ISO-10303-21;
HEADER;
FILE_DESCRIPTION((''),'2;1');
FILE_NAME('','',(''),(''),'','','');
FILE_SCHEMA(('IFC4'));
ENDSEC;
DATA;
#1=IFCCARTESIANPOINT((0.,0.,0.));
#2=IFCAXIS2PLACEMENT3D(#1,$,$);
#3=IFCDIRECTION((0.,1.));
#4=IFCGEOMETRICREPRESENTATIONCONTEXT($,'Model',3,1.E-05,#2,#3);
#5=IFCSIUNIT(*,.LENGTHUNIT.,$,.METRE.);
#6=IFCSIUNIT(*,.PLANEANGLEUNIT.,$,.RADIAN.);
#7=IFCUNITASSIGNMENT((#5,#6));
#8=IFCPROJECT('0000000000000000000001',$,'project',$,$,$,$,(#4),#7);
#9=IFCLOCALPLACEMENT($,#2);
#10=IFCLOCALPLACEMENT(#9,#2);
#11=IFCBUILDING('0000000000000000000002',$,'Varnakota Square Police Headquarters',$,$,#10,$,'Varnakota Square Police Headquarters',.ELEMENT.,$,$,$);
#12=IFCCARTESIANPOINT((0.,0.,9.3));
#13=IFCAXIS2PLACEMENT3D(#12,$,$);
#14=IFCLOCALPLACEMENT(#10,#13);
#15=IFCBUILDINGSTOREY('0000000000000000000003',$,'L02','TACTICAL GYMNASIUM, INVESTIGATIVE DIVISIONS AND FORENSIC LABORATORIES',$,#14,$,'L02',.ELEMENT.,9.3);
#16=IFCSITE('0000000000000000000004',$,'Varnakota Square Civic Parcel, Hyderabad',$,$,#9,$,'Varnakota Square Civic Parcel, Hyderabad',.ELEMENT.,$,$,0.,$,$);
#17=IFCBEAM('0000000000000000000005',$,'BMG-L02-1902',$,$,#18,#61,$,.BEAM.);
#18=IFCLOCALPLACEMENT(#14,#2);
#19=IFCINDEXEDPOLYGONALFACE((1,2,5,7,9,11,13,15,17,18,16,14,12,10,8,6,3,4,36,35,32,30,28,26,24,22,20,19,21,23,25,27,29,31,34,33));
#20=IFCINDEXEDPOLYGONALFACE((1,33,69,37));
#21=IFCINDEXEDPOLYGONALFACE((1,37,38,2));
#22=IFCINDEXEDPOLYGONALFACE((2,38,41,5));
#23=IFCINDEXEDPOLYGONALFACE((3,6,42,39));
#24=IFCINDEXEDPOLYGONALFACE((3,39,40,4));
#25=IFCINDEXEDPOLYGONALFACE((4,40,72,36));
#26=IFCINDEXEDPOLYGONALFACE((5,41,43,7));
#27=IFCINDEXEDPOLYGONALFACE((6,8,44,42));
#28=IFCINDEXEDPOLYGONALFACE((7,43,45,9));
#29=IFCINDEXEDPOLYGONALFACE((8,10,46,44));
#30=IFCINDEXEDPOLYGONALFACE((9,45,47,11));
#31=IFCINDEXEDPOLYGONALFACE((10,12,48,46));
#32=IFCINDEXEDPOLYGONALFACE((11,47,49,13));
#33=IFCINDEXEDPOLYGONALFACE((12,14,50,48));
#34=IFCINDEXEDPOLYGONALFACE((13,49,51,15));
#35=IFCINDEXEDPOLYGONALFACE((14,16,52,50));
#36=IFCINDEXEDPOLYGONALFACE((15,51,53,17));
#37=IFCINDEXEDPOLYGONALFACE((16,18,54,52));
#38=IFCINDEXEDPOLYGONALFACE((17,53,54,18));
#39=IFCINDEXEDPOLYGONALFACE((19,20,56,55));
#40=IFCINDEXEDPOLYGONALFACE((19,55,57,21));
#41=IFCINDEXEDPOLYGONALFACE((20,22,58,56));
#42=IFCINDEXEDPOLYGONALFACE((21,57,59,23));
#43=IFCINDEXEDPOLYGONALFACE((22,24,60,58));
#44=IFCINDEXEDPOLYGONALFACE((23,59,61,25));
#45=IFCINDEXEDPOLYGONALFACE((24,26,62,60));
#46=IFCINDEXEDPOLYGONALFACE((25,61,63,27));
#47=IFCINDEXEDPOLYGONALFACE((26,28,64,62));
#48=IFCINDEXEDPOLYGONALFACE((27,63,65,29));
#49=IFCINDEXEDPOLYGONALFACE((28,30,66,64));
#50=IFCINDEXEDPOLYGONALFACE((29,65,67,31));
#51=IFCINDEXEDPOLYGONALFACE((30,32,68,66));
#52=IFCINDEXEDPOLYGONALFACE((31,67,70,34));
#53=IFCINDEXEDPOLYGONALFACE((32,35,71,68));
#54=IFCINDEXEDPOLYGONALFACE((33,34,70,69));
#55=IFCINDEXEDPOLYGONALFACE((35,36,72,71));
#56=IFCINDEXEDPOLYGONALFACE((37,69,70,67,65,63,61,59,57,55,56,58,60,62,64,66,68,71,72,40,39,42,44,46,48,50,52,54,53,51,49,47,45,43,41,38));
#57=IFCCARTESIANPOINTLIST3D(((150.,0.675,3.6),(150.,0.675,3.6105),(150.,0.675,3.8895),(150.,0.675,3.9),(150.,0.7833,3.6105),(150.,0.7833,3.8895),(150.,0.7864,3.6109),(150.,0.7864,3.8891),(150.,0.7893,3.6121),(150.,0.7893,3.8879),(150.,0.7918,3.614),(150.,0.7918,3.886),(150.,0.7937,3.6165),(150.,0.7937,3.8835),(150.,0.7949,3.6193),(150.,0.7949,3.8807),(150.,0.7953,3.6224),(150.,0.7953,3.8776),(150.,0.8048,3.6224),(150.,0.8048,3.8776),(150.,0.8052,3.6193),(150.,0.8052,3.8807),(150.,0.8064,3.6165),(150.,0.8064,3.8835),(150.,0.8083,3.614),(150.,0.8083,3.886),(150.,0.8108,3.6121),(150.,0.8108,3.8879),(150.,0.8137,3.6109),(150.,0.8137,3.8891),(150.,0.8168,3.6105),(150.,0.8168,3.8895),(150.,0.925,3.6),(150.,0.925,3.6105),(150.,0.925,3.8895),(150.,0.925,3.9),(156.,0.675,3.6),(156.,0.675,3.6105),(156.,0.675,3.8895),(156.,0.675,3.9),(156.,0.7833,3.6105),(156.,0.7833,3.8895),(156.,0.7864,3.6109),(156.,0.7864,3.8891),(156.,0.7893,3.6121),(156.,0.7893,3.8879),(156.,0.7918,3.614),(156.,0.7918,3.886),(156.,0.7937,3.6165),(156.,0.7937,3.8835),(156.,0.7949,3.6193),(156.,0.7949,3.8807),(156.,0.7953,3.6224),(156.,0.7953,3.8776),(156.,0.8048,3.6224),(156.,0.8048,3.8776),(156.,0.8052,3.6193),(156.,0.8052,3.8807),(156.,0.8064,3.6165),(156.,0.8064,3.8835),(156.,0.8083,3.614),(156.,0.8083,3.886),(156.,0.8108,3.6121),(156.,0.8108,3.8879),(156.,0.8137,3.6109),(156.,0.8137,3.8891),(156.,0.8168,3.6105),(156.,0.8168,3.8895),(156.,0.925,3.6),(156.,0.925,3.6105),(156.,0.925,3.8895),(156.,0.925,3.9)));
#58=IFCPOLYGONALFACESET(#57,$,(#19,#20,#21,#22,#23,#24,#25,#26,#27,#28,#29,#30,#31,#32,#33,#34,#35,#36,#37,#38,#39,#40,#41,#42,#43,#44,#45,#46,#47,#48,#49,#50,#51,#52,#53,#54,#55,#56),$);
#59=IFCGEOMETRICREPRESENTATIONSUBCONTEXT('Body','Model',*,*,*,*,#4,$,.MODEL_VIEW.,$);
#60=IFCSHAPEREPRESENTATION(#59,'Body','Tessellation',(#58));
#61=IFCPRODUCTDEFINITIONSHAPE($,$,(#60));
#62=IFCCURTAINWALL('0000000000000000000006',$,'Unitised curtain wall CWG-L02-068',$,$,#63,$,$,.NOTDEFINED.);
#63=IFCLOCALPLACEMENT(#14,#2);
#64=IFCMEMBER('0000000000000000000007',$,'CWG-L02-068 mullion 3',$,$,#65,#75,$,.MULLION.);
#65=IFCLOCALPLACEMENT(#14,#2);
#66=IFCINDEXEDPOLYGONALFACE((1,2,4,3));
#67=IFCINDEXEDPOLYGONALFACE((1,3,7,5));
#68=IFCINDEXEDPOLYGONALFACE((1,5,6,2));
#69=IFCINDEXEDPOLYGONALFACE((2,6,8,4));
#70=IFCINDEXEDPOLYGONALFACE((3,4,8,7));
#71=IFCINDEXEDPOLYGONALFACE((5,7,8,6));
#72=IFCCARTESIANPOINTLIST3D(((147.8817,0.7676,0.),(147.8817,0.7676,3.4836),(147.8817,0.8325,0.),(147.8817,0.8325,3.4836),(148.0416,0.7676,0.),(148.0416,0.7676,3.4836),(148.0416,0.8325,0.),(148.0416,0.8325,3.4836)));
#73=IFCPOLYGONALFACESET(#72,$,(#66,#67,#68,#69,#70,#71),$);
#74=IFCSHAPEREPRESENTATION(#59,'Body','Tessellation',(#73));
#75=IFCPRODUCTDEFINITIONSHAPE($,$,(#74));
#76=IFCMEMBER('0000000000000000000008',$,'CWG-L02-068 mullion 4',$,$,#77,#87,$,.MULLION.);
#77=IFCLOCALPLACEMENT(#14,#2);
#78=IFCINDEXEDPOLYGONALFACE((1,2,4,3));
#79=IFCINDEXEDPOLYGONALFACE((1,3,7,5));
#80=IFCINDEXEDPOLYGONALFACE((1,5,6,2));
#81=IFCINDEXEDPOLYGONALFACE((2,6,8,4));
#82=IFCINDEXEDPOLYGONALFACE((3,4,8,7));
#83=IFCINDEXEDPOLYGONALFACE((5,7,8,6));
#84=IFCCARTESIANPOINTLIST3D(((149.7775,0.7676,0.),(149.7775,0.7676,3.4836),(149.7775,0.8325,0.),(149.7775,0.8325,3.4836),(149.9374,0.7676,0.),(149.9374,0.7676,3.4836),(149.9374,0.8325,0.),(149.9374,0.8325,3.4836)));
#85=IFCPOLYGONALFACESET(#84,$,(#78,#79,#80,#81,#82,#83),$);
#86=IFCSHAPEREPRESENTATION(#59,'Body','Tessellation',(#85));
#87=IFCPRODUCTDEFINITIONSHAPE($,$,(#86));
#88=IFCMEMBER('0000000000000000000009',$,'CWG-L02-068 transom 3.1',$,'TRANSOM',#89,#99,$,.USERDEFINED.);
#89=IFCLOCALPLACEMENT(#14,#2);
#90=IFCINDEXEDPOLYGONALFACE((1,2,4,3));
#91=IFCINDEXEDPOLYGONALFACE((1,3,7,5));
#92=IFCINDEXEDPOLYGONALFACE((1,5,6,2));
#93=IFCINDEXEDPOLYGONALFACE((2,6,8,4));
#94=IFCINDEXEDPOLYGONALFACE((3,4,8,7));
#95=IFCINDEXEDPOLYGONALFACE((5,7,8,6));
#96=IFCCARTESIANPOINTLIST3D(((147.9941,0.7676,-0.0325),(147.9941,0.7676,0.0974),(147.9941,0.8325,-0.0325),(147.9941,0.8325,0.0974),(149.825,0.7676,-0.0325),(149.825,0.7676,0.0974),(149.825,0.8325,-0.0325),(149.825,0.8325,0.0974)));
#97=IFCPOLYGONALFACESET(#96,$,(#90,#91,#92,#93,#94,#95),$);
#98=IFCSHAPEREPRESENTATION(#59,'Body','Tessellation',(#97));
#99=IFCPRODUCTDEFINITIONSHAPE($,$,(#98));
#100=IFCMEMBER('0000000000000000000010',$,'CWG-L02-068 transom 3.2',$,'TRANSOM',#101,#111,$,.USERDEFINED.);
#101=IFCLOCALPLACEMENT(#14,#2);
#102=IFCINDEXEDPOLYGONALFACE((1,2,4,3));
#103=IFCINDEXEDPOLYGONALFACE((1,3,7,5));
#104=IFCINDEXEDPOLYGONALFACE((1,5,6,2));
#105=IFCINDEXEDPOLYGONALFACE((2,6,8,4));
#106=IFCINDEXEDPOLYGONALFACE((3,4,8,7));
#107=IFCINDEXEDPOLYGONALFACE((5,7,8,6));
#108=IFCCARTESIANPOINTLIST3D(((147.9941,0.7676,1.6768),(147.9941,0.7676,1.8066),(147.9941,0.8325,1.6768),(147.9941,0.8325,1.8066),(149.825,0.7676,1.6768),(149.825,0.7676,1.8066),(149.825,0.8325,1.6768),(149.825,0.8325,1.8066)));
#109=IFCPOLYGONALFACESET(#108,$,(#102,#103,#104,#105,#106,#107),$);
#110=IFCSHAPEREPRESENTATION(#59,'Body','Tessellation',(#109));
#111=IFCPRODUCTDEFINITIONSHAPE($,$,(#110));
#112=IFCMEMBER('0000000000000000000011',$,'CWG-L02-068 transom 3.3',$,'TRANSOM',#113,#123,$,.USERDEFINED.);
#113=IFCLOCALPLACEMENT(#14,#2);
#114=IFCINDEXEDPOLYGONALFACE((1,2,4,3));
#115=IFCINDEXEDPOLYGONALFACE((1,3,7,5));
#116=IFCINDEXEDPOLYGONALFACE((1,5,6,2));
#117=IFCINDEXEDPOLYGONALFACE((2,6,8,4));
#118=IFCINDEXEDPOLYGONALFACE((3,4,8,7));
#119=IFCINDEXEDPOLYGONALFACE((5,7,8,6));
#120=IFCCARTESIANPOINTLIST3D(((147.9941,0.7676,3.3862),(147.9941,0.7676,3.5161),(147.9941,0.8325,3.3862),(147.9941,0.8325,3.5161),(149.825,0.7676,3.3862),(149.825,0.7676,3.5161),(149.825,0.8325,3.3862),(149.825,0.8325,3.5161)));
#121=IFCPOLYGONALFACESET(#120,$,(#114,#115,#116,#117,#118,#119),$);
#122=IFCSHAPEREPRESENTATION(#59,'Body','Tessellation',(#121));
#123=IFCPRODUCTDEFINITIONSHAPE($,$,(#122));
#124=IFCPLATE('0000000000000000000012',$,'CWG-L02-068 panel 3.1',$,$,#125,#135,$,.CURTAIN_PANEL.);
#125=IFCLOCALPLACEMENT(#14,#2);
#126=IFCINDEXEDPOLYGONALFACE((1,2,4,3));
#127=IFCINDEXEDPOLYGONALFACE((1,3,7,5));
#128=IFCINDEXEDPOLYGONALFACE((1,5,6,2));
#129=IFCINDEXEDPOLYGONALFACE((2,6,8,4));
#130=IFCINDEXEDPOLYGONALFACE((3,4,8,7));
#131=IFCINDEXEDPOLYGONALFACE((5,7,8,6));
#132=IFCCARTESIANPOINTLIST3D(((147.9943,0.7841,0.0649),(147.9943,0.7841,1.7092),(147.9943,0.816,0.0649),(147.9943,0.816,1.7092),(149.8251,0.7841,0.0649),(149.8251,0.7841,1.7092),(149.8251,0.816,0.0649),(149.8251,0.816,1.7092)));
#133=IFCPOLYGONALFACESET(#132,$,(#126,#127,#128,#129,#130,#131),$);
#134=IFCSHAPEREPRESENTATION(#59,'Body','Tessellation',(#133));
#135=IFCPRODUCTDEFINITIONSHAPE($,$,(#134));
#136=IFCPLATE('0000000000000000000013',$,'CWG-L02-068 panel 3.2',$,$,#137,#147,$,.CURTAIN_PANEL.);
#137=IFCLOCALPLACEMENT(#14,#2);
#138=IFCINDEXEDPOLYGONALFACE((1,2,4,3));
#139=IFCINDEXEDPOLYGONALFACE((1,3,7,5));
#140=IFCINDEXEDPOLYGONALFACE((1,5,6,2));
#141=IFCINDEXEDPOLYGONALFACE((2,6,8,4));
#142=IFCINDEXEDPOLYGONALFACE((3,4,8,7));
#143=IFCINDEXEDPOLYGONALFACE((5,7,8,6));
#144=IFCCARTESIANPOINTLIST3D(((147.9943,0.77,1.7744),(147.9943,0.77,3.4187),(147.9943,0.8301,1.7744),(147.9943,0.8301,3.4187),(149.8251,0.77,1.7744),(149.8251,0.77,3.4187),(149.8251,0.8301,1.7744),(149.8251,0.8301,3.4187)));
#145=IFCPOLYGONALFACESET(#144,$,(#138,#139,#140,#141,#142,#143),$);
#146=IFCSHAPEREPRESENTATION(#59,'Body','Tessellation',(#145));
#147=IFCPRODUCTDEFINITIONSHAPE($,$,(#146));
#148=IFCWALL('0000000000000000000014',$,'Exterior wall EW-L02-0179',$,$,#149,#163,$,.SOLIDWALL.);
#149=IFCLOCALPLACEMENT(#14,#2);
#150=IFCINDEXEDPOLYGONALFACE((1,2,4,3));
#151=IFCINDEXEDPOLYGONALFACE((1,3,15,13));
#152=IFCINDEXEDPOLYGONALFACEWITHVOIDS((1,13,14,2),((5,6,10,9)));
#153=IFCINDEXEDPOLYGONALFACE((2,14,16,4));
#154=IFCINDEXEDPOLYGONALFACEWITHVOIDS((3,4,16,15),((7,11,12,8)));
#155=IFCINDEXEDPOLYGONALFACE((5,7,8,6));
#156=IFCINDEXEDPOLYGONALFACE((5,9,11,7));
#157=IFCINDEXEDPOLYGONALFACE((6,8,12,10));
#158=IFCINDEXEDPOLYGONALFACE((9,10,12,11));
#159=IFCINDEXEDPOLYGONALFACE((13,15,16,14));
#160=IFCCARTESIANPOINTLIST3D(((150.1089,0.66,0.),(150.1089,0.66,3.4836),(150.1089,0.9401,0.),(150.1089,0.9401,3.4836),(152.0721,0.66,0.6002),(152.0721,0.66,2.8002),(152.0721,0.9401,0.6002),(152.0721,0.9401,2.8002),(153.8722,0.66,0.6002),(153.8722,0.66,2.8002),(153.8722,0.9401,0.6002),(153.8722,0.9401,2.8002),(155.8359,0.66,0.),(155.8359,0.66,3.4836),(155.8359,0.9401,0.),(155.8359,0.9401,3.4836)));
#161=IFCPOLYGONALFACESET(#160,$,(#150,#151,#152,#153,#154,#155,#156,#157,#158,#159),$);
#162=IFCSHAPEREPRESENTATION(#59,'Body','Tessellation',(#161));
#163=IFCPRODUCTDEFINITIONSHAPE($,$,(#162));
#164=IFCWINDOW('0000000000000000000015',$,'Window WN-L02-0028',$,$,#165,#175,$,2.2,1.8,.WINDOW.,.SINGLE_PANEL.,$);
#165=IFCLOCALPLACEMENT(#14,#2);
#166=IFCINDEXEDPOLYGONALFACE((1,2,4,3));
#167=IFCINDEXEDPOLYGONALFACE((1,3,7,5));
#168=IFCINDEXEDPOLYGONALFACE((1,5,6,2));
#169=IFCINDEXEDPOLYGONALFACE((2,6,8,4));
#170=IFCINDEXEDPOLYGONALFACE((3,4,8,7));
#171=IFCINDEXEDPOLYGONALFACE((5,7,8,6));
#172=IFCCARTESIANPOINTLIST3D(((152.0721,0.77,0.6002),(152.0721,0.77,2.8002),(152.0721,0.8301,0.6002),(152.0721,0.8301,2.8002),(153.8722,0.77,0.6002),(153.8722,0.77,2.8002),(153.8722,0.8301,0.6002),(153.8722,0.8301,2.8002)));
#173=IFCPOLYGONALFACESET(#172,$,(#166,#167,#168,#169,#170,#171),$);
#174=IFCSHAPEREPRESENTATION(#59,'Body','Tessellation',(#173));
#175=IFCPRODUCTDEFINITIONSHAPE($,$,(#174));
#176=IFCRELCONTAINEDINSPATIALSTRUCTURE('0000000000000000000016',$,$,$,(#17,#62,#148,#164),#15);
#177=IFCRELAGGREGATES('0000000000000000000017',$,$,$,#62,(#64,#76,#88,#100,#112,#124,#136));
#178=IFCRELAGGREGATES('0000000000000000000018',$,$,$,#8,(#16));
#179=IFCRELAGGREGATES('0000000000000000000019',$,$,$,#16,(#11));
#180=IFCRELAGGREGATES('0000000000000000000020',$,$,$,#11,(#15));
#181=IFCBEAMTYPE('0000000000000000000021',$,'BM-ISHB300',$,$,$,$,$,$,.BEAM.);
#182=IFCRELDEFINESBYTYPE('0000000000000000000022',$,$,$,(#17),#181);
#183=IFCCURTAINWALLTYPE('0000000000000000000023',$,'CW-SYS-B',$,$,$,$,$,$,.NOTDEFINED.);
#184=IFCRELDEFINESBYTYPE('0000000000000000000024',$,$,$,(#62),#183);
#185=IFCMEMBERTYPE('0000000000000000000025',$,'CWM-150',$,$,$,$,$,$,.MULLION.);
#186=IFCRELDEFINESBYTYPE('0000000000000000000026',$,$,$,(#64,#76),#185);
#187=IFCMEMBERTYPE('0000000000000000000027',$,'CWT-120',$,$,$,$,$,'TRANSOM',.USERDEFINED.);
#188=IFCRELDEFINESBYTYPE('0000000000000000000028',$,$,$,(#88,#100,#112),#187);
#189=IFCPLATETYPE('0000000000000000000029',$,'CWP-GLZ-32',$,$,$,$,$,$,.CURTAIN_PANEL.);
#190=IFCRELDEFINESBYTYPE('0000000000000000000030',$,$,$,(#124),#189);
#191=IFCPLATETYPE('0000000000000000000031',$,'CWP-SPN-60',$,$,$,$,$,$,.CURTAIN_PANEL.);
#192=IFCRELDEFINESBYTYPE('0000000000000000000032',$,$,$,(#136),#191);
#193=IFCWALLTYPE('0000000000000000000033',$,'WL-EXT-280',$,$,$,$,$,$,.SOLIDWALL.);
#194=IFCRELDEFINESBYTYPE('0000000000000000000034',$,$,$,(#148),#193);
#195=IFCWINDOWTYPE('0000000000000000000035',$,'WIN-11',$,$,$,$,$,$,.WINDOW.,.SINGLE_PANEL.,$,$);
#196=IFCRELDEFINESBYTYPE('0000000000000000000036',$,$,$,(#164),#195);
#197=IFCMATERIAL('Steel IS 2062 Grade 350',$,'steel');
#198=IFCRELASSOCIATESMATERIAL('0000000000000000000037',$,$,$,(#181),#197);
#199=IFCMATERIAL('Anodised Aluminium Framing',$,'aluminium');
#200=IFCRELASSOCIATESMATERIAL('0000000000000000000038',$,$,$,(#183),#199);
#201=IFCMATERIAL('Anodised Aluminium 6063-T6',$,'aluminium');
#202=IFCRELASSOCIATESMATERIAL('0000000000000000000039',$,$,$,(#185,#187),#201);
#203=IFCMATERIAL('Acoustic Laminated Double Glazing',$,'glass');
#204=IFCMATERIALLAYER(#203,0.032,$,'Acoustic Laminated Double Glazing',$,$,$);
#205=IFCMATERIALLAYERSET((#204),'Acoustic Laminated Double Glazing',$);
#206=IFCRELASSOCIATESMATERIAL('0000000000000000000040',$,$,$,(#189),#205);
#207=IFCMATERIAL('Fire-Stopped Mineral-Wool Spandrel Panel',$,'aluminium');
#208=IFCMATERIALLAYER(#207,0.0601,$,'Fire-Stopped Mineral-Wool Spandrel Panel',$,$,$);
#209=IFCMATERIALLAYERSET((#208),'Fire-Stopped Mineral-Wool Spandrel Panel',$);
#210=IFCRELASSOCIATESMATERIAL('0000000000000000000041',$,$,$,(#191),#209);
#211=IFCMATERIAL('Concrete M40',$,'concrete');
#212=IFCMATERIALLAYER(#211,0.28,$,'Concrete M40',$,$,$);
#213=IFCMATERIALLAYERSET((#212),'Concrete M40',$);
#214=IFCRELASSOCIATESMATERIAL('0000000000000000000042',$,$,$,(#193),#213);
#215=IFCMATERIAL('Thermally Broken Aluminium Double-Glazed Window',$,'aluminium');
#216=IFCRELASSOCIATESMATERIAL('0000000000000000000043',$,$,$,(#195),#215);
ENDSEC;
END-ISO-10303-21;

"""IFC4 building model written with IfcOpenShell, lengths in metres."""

from ifc_helpers import new_model, si_unit, direction, frame, frame_2d, origin, origin_2d, place, context, subcontext, project, spatial, rectangle, i_section, extrude, material, layer, layer_set, material_profile, profile_set, type_object, element, fill, aggregate, save


model = new_model("IFC4")

# Units and contexts
model_context = context("Model", 3, precision=1e-05, world=origin(), true_north=direction((0.0, 1.0)))
body_context = subcontext(model_context, "Body", "Model", "MODEL_VIEW")
ifc_project = project(units=[si_unit("LENGTHUNIT", "METRE"), si_unit("PLANEANGLEUNIT", "RADIAN")], contexts=[model_context])

# Site, building, storey
site_placement = place(None, origin())
site = spatial("IfcSite", under=ifc_project, at=site_placement, Name="Varnakota Square Civic Parcel, Hyderabad", LongName="Varnakota Square Civic Parcel, Hyderabad", CompositionType="ELEMENT", RefElevation=0.0)
building_placement = place(site_placement, origin())
building = spatial("IfcBuilding", under=site, at=building_placement, Name="Varnakota Square Police Headquarters", LongName="Varnakota Square Police Headquarters", CompositionType="ELEMENT")
storey_placement = place(building_placement, frame((0.0, 0.0, 9.3)))
storey = spatial("IfcBuildingStorey", under=building, at=storey_placement, Name="L02", Description="TACTICAL GYMNASIUM, INVESTIGATIVE DIVISIONS AND FORENSIC LABORATORIES", LongName="L02", CompositionType="ELEMENT", Elevation=9.3)

# Shared definitions
ifc_material_1 = material(Name="Steel IS 2062 Grade 350", Category="steel")

# Beam
ifc_material_profile_1 = material_profile(ifc_material_1, i_section(OverallWidth=0.25, OverallDepth=0.3, WebThickness=0.0095, FlangeThickness=0.0105, FilletRadius=0.012, at=origin_2d()), Name="ISHB 300")
ifc_profile_set_1 = profile_set([ifc_material_profile_1], Name="Steel IS 2062 Grade 350")
beam_type_1 = type_object("IfcBeamType", Name="BM-ISHB300", PredefinedType="BEAM", material=ifc_profile_set_1)
beam_placement = place(storey_placement, frame((150.0, 0.8, 3.75), z_axis=(1.0, 0.0, 0.0), x_axis=(0.0, 1.0, 0.0)))
element("IfcBeam", 1, at=beam_placement, inside=storey, type_object=beam_type_1, Name="BMG-L02-1902", PredefinedType="BEAM", context=body_context, shape_type="SweptSolid", body=[
    extrude(i_section(OverallWidth=0.25, OverallDepth=0.3, WebThickness=0.0095, FlangeThickness=0.0105, FilletRadius=0.012, at=origin_2d()), origin(), (0.0, 0.0, 1.0), 6.0),
])

# Curtain wall, members, plates
ifc_material_2 = material(Name="Anodised Aluminium Framing", Category="aluminium")
curtain_wall_type = type_object("IfcCurtainWallType", Name="CW-SYS-B", PredefinedType="NOTDEFINED", material=ifc_material_2)
curtain_wall_placement = place(storey_placement, origin())
curtain_wall = element("IfcCurtainWall", 2, at=curtain_wall_placement, inside=storey, type_object=curtain_wall_type, Name="Unitised curtain wall CWG-L02-068", PredefinedType="NOTDEFINED")
ifc_material_3 = material(Name="Anodised Aluminium 6063-T6", Category="aluminium")
ifc_material_profile_2 = material_profile(ifc_material_3, rectangle(XDim=0.0649, YDim=0.1599, at=origin_2d()), Name="ALU MULLION 65x160")
ifc_profile_set_2 = profile_set([ifc_material_profile_2], Name="Anodised Aluminium 6063-T6")
member_type_1 = type_object("IfcMemberType", Name="CWM-150", PredefinedType="MULLION", material=ifc_profile_set_2)
member_1_placement = place(storey_placement, frame((147.9617, 0.8, 0.0), z_axis=(0.0, 0.0, 1.0), x_axis=(0.0, 1.0, 0.0)))
member_1 = element("IfcMember", 3, at=member_1_placement, type_object=member_type_1, Name="CWG-L02-068 mullion 3", PredefinedType="MULLION", context=body_context, shape_type="SweptSolid", body=[
    extrude(rectangle(XDim=0.0649, YDim=0.1599, at=origin_2d()), origin(), (0.0, 0.0, 1.0), 3.4836),
])
member_2_placement = place(storey_placement, frame((149.8574, 0.8, 0.0), z_axis=(0.0, 0.0, 1.0), x_axis=(0.0, 1.0, 0.0)))
member_2 = element("IfcMember", 4, at=member_2_placement, type_object=member_type_1, Name="CWG-L02-068 mullion 4", PredefinedType="MULLION", context=body_context, shape_type="SweptSolid", body=[
    extrude(rectangle(XDim=0.0649, YDim=0.1599, at=origin_2d()), origin(), (0.0, 0.0, 1.0), 3.4836),
])
ifc_material_profile_3 = material_profile(ifc_material_3, rectangle(XDim=0.0649, YDim=0.1299, at=origin_2d()), Name="ALU TRANSOM 65x130")
ifc_profile_set_3 = profile_set([ifc_material_profile_3], Name="Anodised Aluminium 6063-T6")
member_type_2 = type_object("IfcMemberType", Name="CWT-120", ElementType="TRANSOM", PredefinedType="USERDEFINED", material=ifc_profile_set_3)
member_3_placement = place(storey_placement, frame((147.9941, 0.8, 0.0325), z_axis=(1.0, 0.0, 0.0), x_axis=(0.0, 1.0, 0.0)))
member_3 = element("IfcMember", 5, at=member_3_placement, type_object=member_type_2, Name="CWG-L02-068 transom 3.1", ObjectType="TRANSOM", PredefinedType="USERDEFINED", context=body_context, shape_type="SweptSolid", body=[
    extrude(rectangle(XDim=0.0649, YDim=0.1299, at=origin_2d()), origin(), (0.0, 0.0, 1.0), 1.8308),
])
member_4_placement = place(storey_placement, frame((147.9941, 0.8, 1.7417), z_axis=(1.0, 0.0, 0.0), x_axis=(0.0, 1.0, 0.0)))
member_4 = element("IfcMember", 6, at=member_4_placement, type_object=member_type_2, Name="CWG-L02-068 transom 3.2", ObjectType="TRANSOM", PredefinedType="USERDEFINED", context=body_context, shape_type="SweptSolid", body=[
    extrude(rectangle(XDim=0.0649, YDim=0.1299, at=origin_2d()), origin(), (0.0, 0.0, 1.0), 1.8308),
])
member_5_placement = place(storey_placement, frame((147.9941, 0.8, 3.4512), z_axis=(1.0, 0.0, 0.0), x_axis=(0.0, 1.0, 0.0)))
member_5 = element("IfcMember", 7, at=member_5_placement, type_object=member_type_2, Name="CWG-L02-068 transom 3.3", ObjectType="TRANSOM", PredefinedType="USERDEFINED", context=body_context, shape_type="SweptSolid", body=[
    extrude(rectangle(XDim=0.0649, YDim=0.1299, at=origin_2d()), origin(), (0.0, 0.0, 1.0), 1.8308),
])
ifc_material_4 = material(Name="Acoustic Laminated Double Glazing", Category="glass")
ifc_layer_1 = layer(ifc_material_4, 0.032, Name="Acoustic Laminated Double Glazing")
ifc_layer_set_1 = layer_set([ifc_layer_1], Name="Acoustic Laminated Double Glazing")
plate_type_1 = type_object("IfcPlateType", Name="CWP-GLZ-32", PredefinedType="CURTAIN_PANEL", material=ifc_layer_set_1)
plate_1_placement = place(storey_placement, frame((148.9097, 0.8, 0.0649), z_axis=(0.0, 0.0, 1.0), x_axis=(1.0, 0.0, 0.0)))
plate_1 = element("IfcPlate", 8, at=plate_1_placement, type_object=plate_type_1, Name="CWG-L02-068 panel 3.1", PredefinedType="CURTAIN_PANEL", context=body_context, shape_type="SweptSolid", body=[
    extrude(rectangle(XDim=1.8308, YDim=0.032, at=origin_2d()), origin(), (0.0, 0.0, 1.0), 1.6443),
])
ifc_material_5 = material(Name="Fire-Stopped Mineral-Wool Spandrel Panel", Category="aluminium")
ifc_layer_2 = layer(ifc_material_5, 0.0601, Name="Fire-Stopped Mineral-Wool Spandrel Panel")
ifc_layer_set_2 = layer_set([ifc_layer_2], Name="Fire-Stopped Mineral-Wool Spandrel Panel")
plate_type_2 = type_object("IfcPlateType", Name="CWP-SPN-60", PredefinedType="CURTAIN_PANEL", material=ifc_layer_set_2)
plate_2_placement = place(storey_placement, frame((148.9097, 0.8, 1.7744), z_axis=(0.0, 0.0, 1.0), x_axis=(1.0, 0.0, 0.0)))
plate_2 = element("IfcPlate", 9, at=plate_2_placement, type_object=plate_type_2, Name="CWG-L02-068 panel 3.2", PredefinedType="CURTAIN_PANEL", context=body_context, shape_type="SweptSolid", body=[
    extrude(rectangle(XDim=1.8308, YDim=0.0601, at=origin_2d()), origin(), (0.0, 0.0, 1.0), 1.6443),
])
aggregate(curtain_wall, [member_1, member_2, member_3, member_4, member_5, plate_1, plate_2])

# Wall, opening, window
ifc_material_6 = material(Name="Concrete M40", Category="concrete")
ifc_layer_3 = layer(ifc_material_6, 0.28, Name="Concrete M40")
ifc_layer_set_3 = layer_set([ifc_layer_3], Name="Concrete M40")
wall_type_1 = type_object("IfcWallType", Name="WL-EXT-280", PredefinedType="SOLIDWALL", material=ifc_layer_set_3)
wall_1_placement = place(storey_placement, frame((150.1089, 0.8, 0.0), z_axis=(0.0, 0.0, 1.0), x_axis=(1.0, 0.0, 0.0)))
wall_1 = element("IfcWall", 10, at=wall_1_placement, inside=storey, type_object=wall_type_1, Name="Exterior wall EW-L02-0179", PredefinedType="SOLIDWALL", context=body_context, shape_type="SweptSolid", body=[
    extrude(rectangle(XDim=5.7271, YDim=0.28, at=frame_2d((2.8635, 0.0))), origin(), (0.0, 0.0, 1.0), 3.4836),
])
opening_placement = place(wall_1_placement, frame((1.9634, 0.0, 0.6001)))
opening = element("IfcOpeningElement", 11, at=opening_placement, cuts=wall_1, PredefinedType="OPENING", context=body_context, shape_type="SweptSolid", body=[
    extrude(rectangle(XDim=1.8, YDim=2.2, at=frame_2d((0.8999, 1.1001))), frame((0.0, 0.1499, 0.0), z_axis=(0.0, -1.0, 0.0), x_axis=(1.0, 0.0, 0.0)), (0.0, 0.0, 1.0), 0.3),
])
ifc_material_7 = material(Name="Thermally Broken Aluminium Double-Glazed Window", Category="aluminium")
window_type = type_object("IfcWindowType", Name="WIN-11", PartitioningType="SINGLE_PANEL", PredefinedType="WINDOW", material=ifc_material_7)
window_placement = place(opening_placement, origin())
window = element("IfcWindow", 12, at=window_placement, inside=storey, type_object=window_type, Name="Window WN-L02-0028", OverallHeight=2.2, OverallWidth=1.8, PartitioningType="SINGLE_PANEL", PredefinedType="WINDOW", context=body_context, shape_type="SweptSolid", body=[
    extrude(rectangle(XDim=1.8, YDim=2.2, at=frame_2d((0.8999, 1.1001))), frame((0.0, 0.03, 0.0), z_axis=(0.0, -1.0, 0.0), x_axis=(1.0, 0.0, 0.0)), (0.0, 0.0, 1.0), 0.0601),
])
fill(opening, window)

save(model, "model.ifc")
